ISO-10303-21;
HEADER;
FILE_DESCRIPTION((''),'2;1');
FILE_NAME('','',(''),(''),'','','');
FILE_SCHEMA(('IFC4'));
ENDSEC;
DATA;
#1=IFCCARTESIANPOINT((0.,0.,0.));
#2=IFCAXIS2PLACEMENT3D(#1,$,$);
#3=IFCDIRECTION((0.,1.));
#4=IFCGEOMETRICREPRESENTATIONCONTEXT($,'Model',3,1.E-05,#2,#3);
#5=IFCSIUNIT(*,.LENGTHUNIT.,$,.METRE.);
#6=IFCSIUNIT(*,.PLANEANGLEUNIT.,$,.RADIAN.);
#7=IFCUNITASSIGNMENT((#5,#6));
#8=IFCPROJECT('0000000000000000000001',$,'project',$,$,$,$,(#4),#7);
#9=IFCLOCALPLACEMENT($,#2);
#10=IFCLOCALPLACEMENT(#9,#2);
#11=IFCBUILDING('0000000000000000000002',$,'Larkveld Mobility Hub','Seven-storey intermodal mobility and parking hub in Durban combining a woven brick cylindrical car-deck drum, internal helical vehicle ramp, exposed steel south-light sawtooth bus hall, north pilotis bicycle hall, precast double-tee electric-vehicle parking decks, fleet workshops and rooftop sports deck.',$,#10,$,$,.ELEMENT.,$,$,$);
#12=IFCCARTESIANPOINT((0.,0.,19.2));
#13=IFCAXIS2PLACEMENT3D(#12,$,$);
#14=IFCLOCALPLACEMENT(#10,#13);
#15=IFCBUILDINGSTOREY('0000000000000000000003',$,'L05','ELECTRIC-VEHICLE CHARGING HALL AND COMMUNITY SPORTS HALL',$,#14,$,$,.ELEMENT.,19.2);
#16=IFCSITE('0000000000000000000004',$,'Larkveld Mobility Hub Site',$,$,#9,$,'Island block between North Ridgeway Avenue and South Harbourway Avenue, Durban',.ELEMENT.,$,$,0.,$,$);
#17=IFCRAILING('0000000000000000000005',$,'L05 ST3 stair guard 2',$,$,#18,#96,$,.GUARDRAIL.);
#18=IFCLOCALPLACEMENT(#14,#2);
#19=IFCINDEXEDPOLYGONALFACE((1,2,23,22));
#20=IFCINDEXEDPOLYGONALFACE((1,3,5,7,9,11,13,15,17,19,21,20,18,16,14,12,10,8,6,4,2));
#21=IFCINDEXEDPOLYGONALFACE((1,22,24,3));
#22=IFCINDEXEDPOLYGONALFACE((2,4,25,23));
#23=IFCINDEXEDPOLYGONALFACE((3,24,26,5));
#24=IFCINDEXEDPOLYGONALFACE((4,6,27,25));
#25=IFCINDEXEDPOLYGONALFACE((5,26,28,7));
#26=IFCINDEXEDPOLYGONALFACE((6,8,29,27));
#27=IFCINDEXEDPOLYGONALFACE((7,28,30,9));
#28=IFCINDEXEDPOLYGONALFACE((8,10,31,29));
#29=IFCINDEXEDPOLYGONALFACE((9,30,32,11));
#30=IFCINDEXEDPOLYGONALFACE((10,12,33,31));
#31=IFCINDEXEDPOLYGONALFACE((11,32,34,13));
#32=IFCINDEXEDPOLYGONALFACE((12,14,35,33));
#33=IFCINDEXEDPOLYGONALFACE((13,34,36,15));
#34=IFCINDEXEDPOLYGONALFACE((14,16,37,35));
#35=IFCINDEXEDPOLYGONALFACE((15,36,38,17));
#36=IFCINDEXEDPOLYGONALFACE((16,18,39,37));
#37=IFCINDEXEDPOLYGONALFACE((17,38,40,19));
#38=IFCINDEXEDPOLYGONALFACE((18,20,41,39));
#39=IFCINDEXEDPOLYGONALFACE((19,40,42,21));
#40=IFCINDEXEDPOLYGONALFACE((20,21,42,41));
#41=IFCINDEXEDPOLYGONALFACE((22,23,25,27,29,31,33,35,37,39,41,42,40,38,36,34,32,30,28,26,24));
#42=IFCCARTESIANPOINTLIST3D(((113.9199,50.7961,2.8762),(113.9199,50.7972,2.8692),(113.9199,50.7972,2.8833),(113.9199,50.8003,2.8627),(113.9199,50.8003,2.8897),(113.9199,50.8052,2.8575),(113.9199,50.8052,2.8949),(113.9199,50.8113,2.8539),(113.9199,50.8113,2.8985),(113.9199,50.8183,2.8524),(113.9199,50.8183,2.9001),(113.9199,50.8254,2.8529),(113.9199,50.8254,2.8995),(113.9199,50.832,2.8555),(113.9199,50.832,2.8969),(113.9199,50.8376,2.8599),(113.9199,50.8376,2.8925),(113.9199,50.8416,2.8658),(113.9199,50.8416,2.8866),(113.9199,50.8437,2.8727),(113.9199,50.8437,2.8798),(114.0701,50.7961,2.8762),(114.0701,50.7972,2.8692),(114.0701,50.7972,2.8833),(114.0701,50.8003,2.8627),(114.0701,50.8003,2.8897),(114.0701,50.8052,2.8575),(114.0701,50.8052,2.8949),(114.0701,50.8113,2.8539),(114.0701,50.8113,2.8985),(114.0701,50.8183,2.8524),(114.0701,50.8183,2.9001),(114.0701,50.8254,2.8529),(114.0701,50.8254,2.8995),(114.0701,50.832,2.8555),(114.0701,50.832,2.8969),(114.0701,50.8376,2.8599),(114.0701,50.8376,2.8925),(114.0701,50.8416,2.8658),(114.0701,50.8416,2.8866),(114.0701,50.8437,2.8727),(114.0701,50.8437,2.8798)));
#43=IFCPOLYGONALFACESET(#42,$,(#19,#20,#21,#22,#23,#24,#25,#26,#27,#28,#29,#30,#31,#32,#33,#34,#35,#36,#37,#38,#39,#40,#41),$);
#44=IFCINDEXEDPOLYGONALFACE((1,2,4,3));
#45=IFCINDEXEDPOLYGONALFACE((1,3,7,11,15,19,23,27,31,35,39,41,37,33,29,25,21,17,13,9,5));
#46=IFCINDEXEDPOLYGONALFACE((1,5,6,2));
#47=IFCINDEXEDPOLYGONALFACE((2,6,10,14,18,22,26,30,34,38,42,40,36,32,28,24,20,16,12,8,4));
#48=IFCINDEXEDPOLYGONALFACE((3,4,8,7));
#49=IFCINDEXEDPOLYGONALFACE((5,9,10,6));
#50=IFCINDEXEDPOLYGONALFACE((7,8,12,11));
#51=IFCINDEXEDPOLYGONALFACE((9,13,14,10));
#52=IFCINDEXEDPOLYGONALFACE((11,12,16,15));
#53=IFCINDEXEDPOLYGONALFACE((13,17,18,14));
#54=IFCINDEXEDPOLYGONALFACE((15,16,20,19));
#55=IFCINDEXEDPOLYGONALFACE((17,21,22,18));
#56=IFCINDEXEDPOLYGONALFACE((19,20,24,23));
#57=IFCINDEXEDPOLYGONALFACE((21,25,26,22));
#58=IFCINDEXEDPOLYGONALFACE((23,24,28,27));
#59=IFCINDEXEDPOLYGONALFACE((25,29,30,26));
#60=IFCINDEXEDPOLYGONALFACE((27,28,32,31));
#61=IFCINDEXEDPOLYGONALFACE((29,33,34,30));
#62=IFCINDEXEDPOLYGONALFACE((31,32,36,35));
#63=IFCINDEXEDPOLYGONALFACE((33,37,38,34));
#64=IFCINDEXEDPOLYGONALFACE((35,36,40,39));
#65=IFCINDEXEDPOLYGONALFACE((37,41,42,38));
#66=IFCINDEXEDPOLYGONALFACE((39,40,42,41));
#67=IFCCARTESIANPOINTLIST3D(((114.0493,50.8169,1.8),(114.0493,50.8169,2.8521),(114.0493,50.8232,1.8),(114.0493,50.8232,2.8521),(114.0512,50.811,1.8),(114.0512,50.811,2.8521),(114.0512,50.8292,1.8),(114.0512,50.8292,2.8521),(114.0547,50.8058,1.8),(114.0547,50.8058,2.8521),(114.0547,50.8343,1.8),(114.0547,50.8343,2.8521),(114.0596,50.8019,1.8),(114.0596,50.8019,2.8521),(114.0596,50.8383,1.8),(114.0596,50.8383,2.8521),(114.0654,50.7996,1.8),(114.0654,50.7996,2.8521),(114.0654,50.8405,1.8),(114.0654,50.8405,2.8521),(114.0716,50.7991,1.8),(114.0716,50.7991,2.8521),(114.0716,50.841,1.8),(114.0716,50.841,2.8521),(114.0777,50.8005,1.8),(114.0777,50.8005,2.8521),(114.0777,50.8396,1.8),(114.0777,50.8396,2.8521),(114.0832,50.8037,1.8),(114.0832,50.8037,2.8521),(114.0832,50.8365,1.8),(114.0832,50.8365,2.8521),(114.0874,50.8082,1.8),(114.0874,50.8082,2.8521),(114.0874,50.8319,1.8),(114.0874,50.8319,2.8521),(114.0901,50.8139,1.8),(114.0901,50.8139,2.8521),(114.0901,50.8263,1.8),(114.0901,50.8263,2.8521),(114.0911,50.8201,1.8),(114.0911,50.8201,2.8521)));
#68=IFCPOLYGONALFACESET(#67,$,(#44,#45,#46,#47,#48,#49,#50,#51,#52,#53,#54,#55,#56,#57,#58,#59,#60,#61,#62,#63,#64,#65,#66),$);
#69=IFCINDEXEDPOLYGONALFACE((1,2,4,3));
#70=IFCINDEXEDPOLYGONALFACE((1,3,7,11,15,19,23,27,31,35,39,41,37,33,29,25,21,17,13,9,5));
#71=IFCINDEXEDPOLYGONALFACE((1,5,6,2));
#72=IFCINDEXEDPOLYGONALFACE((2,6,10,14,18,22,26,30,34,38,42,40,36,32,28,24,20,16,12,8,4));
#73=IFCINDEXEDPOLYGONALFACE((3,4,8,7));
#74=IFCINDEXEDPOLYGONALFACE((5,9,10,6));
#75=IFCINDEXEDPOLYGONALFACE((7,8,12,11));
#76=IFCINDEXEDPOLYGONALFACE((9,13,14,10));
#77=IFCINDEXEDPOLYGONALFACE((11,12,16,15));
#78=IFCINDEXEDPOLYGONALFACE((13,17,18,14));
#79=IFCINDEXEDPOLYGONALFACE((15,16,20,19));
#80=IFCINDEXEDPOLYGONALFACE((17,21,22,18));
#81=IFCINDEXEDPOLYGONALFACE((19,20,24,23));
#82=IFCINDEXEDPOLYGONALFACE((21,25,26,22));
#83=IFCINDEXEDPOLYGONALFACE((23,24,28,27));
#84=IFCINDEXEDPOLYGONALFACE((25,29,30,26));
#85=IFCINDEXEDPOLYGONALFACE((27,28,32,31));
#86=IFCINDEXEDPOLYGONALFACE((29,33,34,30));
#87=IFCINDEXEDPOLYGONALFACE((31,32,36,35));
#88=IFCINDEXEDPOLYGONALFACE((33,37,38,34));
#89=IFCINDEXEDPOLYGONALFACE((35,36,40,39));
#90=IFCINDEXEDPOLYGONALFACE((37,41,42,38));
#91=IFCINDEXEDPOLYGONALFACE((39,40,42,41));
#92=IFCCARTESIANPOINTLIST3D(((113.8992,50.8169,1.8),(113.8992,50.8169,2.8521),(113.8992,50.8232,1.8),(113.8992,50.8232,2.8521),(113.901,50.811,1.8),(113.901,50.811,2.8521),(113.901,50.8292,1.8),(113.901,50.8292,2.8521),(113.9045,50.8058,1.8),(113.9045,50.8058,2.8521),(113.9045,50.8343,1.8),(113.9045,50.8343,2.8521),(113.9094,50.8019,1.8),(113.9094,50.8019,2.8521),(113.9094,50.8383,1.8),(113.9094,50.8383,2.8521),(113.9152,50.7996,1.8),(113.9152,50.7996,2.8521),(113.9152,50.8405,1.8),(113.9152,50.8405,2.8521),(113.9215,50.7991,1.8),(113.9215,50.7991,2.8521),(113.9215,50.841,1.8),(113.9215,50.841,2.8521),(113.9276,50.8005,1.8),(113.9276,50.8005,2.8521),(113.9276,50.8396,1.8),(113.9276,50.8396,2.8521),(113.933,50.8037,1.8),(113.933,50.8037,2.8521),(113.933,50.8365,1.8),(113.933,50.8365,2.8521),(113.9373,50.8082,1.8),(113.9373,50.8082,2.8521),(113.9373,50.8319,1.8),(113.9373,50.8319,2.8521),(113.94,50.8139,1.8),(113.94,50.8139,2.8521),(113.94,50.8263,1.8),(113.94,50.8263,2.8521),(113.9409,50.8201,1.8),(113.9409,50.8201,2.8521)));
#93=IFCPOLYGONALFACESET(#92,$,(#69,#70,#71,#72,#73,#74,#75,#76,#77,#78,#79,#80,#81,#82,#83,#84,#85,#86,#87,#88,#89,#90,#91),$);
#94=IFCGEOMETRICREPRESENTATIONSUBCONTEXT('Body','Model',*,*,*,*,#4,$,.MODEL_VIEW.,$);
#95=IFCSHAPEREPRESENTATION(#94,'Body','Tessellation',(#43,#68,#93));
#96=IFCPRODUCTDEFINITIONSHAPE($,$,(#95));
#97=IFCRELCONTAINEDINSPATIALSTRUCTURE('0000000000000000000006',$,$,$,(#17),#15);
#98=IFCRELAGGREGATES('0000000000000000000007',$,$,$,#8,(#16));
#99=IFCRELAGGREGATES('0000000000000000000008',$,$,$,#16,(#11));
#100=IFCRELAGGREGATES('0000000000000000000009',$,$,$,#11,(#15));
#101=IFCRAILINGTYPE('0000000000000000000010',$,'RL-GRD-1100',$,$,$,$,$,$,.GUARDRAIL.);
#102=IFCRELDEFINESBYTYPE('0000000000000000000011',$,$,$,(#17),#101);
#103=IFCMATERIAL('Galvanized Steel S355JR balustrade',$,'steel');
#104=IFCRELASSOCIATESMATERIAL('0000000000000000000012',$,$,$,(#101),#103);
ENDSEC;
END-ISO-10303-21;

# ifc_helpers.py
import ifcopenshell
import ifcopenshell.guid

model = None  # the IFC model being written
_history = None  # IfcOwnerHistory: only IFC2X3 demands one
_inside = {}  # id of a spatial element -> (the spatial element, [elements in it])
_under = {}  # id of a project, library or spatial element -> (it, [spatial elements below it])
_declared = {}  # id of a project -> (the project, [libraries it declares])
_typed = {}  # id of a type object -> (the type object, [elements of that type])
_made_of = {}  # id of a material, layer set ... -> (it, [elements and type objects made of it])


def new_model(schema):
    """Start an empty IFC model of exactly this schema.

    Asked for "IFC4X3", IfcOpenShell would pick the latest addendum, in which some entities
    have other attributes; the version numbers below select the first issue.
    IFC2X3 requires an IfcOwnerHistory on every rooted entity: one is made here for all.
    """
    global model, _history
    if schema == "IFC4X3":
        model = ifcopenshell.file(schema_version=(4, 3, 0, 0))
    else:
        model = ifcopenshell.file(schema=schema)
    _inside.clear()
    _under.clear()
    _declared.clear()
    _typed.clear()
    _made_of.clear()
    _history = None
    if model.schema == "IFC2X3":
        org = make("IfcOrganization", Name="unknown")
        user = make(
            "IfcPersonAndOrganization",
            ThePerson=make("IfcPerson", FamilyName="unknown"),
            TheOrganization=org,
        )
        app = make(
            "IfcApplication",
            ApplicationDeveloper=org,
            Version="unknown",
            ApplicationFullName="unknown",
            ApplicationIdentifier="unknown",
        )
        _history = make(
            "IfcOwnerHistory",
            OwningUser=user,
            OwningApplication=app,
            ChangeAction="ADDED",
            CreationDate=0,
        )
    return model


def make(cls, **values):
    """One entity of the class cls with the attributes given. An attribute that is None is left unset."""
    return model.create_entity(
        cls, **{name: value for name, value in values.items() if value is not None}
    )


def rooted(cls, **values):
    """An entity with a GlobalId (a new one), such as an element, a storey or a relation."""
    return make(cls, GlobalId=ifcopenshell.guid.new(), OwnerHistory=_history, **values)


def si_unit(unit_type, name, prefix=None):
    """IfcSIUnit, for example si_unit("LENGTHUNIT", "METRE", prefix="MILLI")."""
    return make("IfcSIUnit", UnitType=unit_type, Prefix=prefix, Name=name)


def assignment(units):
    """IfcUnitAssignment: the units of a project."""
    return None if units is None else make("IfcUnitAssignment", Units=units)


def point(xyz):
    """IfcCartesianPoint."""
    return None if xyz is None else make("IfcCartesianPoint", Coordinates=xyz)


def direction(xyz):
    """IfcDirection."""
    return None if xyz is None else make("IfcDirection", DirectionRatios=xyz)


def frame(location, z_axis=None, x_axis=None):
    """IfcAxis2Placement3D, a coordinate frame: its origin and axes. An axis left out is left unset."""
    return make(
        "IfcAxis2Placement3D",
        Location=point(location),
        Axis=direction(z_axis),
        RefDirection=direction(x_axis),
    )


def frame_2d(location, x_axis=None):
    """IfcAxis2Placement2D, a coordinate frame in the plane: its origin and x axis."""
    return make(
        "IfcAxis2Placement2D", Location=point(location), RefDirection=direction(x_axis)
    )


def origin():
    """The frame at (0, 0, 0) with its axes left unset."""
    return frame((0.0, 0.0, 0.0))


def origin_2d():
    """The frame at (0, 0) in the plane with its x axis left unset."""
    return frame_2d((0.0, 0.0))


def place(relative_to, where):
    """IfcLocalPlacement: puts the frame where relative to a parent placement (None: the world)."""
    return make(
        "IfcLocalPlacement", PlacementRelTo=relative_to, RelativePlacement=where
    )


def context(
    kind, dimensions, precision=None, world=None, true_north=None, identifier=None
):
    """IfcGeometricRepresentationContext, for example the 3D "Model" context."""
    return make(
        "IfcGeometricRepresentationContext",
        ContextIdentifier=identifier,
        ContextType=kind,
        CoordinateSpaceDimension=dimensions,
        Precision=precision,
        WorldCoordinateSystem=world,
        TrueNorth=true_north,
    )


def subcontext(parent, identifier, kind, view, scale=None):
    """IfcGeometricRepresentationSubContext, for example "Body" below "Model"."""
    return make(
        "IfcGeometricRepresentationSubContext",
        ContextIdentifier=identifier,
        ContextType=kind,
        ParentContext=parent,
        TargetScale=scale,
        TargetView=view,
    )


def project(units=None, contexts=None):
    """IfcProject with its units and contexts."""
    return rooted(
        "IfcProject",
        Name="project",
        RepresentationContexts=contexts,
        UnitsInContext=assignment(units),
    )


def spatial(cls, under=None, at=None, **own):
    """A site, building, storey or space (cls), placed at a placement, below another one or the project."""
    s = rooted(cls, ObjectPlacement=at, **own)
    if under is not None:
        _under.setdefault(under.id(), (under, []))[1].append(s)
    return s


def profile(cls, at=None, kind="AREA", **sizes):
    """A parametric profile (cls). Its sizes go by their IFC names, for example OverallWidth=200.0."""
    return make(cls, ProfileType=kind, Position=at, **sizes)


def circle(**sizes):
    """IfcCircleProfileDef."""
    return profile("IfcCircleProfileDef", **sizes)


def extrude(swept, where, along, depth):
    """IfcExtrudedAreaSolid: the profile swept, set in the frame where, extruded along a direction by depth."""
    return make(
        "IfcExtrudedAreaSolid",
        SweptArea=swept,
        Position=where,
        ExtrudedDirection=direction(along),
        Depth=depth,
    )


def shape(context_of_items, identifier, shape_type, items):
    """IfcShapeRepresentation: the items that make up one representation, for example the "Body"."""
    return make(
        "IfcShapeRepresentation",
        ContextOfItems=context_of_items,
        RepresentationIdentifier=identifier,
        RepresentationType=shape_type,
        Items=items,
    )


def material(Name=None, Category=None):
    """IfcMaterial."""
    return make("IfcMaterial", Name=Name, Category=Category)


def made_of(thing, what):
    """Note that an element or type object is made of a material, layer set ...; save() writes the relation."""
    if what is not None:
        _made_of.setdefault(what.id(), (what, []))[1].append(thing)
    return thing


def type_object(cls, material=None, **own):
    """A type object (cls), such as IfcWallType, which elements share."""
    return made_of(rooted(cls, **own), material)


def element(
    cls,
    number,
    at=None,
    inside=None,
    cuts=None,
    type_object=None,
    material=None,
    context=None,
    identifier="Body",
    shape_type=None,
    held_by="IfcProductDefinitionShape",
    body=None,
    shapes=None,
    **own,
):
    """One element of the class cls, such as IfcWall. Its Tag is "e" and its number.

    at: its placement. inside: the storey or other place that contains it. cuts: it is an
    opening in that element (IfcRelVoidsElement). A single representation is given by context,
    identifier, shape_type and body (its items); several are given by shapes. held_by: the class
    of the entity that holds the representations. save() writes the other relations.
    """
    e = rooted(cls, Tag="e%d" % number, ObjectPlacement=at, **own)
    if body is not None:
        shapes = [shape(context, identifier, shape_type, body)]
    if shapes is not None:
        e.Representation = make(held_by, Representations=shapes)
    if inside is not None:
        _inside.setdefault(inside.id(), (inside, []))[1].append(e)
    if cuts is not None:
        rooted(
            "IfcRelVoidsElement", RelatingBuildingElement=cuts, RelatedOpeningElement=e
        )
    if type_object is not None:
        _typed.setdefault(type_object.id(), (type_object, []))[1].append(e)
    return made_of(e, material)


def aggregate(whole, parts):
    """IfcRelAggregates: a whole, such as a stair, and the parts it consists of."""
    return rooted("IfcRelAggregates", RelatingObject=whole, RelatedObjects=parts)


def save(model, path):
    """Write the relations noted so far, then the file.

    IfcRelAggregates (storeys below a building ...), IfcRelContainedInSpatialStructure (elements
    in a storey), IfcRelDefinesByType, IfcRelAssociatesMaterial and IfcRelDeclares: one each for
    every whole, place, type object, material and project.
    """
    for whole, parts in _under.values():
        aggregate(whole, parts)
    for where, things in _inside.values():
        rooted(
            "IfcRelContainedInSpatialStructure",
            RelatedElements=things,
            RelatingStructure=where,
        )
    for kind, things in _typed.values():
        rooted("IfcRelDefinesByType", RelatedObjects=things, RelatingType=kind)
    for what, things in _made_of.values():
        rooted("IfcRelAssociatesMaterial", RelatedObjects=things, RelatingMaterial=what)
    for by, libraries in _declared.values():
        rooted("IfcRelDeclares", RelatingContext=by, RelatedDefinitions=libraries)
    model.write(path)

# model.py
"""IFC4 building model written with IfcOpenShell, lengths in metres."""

from ifc_helpers import new_model, si_unit, direction, frame, origin, origin_2d, place, context, subcontext, project, spatial, circle, extrude, material, type_object, element, save


model = new_model("IFC4")

# Units and contexts
model_context = context("Model", 3, precision=1e-05, world=origin(), true_north=direction((0.0, 1.0)))
body_context = subcontext(model_context, "Body", "Model", "MODEL_VIEW")
ifc_project = project(units=[si_unit("LENGTHUNIT", "METRE"), si_unit("PLANEANGLEUNIT", "RADIAN")], contexts=[model_context])

# Site, building, storey
site_placement = place(None, origin())
site = spatial("IfcSite", under=ifc_project, at=site_placement, Name="Larkveld Mobility Hub Site", LongName="Island block between North Ridgeway Avenue and South Harbourway Avenue, Durban", CompositionType="ELEMENT", RefElevation=0.0)
building_placement = place(site_placement, origin())
building = spatial("IfcBuilding", under=site, at=building_placement, Name="Larkveld Mobility Hub", Description="Seven-storey intermodal mobility and parking hub in Durban combining a woven brick cylindrical car-deck drum, internal helical vehicle ramp, exposed steel south-light sawtooth bus hall, north pilotis bicycle hall, precast double-tee electric-vehicle parking decks, fleet workshops and rooftop sports deck.", CompositionType="ELEMENT")
storey_placement = place(building_placement, frame((0.0, 0.0, 19.2)))
storey = spatial("IfcBuildingStorey", under=building, at=storey_placement, Name="L05", Description="ELECTRIC-VEHICLE CHARGING HALL AND COMMUNITY SPORTS HALL", CompositionType="ELEMENT", Elevation=19.2)

# Railing
ifc_material_1 = material(Name="Galvanized Steel S355JR balustrade", Category="steel")
railing_type_1 = type_object("IfcRailingType", Name="RL-GRD-1100", PredefinedType="GUARDRAIL", material=ifc_material_1)
railing_1_placement = place(storey_placement, frame((114.0701, 50.8201, 1.8)))
element("IfcRailing", 1, at=railing_1_placement, inside=storey, type_object=railing_type_1, Name="L05 ST3 stair guard 2", PredefinedType="GUARDRAIL", context=body_context, shape_type="SweptSolid", body=[
    extrude(circle(Radius=0.0239, at=origin_2d()), frame((0.0, 0.0, 1.0762), z_axis=(-1.0, 0.0, 0.0), x_axis=(0.0, -1.0, 0.0)), (0.0, 0.0, 1.0), 0.1501),
    extrude(circle(Radius=0.021, at=origin_2d()), origin(), (0.0, 0.0, 1.0), 1.052),
    extrude(circle(Radius=0.021, at=origin_2d()), frame((-0.1501, 0.0, 0.0)), (0.0, 0.0, 1.0), 1.052),
])

save(model, "model.ifc")
